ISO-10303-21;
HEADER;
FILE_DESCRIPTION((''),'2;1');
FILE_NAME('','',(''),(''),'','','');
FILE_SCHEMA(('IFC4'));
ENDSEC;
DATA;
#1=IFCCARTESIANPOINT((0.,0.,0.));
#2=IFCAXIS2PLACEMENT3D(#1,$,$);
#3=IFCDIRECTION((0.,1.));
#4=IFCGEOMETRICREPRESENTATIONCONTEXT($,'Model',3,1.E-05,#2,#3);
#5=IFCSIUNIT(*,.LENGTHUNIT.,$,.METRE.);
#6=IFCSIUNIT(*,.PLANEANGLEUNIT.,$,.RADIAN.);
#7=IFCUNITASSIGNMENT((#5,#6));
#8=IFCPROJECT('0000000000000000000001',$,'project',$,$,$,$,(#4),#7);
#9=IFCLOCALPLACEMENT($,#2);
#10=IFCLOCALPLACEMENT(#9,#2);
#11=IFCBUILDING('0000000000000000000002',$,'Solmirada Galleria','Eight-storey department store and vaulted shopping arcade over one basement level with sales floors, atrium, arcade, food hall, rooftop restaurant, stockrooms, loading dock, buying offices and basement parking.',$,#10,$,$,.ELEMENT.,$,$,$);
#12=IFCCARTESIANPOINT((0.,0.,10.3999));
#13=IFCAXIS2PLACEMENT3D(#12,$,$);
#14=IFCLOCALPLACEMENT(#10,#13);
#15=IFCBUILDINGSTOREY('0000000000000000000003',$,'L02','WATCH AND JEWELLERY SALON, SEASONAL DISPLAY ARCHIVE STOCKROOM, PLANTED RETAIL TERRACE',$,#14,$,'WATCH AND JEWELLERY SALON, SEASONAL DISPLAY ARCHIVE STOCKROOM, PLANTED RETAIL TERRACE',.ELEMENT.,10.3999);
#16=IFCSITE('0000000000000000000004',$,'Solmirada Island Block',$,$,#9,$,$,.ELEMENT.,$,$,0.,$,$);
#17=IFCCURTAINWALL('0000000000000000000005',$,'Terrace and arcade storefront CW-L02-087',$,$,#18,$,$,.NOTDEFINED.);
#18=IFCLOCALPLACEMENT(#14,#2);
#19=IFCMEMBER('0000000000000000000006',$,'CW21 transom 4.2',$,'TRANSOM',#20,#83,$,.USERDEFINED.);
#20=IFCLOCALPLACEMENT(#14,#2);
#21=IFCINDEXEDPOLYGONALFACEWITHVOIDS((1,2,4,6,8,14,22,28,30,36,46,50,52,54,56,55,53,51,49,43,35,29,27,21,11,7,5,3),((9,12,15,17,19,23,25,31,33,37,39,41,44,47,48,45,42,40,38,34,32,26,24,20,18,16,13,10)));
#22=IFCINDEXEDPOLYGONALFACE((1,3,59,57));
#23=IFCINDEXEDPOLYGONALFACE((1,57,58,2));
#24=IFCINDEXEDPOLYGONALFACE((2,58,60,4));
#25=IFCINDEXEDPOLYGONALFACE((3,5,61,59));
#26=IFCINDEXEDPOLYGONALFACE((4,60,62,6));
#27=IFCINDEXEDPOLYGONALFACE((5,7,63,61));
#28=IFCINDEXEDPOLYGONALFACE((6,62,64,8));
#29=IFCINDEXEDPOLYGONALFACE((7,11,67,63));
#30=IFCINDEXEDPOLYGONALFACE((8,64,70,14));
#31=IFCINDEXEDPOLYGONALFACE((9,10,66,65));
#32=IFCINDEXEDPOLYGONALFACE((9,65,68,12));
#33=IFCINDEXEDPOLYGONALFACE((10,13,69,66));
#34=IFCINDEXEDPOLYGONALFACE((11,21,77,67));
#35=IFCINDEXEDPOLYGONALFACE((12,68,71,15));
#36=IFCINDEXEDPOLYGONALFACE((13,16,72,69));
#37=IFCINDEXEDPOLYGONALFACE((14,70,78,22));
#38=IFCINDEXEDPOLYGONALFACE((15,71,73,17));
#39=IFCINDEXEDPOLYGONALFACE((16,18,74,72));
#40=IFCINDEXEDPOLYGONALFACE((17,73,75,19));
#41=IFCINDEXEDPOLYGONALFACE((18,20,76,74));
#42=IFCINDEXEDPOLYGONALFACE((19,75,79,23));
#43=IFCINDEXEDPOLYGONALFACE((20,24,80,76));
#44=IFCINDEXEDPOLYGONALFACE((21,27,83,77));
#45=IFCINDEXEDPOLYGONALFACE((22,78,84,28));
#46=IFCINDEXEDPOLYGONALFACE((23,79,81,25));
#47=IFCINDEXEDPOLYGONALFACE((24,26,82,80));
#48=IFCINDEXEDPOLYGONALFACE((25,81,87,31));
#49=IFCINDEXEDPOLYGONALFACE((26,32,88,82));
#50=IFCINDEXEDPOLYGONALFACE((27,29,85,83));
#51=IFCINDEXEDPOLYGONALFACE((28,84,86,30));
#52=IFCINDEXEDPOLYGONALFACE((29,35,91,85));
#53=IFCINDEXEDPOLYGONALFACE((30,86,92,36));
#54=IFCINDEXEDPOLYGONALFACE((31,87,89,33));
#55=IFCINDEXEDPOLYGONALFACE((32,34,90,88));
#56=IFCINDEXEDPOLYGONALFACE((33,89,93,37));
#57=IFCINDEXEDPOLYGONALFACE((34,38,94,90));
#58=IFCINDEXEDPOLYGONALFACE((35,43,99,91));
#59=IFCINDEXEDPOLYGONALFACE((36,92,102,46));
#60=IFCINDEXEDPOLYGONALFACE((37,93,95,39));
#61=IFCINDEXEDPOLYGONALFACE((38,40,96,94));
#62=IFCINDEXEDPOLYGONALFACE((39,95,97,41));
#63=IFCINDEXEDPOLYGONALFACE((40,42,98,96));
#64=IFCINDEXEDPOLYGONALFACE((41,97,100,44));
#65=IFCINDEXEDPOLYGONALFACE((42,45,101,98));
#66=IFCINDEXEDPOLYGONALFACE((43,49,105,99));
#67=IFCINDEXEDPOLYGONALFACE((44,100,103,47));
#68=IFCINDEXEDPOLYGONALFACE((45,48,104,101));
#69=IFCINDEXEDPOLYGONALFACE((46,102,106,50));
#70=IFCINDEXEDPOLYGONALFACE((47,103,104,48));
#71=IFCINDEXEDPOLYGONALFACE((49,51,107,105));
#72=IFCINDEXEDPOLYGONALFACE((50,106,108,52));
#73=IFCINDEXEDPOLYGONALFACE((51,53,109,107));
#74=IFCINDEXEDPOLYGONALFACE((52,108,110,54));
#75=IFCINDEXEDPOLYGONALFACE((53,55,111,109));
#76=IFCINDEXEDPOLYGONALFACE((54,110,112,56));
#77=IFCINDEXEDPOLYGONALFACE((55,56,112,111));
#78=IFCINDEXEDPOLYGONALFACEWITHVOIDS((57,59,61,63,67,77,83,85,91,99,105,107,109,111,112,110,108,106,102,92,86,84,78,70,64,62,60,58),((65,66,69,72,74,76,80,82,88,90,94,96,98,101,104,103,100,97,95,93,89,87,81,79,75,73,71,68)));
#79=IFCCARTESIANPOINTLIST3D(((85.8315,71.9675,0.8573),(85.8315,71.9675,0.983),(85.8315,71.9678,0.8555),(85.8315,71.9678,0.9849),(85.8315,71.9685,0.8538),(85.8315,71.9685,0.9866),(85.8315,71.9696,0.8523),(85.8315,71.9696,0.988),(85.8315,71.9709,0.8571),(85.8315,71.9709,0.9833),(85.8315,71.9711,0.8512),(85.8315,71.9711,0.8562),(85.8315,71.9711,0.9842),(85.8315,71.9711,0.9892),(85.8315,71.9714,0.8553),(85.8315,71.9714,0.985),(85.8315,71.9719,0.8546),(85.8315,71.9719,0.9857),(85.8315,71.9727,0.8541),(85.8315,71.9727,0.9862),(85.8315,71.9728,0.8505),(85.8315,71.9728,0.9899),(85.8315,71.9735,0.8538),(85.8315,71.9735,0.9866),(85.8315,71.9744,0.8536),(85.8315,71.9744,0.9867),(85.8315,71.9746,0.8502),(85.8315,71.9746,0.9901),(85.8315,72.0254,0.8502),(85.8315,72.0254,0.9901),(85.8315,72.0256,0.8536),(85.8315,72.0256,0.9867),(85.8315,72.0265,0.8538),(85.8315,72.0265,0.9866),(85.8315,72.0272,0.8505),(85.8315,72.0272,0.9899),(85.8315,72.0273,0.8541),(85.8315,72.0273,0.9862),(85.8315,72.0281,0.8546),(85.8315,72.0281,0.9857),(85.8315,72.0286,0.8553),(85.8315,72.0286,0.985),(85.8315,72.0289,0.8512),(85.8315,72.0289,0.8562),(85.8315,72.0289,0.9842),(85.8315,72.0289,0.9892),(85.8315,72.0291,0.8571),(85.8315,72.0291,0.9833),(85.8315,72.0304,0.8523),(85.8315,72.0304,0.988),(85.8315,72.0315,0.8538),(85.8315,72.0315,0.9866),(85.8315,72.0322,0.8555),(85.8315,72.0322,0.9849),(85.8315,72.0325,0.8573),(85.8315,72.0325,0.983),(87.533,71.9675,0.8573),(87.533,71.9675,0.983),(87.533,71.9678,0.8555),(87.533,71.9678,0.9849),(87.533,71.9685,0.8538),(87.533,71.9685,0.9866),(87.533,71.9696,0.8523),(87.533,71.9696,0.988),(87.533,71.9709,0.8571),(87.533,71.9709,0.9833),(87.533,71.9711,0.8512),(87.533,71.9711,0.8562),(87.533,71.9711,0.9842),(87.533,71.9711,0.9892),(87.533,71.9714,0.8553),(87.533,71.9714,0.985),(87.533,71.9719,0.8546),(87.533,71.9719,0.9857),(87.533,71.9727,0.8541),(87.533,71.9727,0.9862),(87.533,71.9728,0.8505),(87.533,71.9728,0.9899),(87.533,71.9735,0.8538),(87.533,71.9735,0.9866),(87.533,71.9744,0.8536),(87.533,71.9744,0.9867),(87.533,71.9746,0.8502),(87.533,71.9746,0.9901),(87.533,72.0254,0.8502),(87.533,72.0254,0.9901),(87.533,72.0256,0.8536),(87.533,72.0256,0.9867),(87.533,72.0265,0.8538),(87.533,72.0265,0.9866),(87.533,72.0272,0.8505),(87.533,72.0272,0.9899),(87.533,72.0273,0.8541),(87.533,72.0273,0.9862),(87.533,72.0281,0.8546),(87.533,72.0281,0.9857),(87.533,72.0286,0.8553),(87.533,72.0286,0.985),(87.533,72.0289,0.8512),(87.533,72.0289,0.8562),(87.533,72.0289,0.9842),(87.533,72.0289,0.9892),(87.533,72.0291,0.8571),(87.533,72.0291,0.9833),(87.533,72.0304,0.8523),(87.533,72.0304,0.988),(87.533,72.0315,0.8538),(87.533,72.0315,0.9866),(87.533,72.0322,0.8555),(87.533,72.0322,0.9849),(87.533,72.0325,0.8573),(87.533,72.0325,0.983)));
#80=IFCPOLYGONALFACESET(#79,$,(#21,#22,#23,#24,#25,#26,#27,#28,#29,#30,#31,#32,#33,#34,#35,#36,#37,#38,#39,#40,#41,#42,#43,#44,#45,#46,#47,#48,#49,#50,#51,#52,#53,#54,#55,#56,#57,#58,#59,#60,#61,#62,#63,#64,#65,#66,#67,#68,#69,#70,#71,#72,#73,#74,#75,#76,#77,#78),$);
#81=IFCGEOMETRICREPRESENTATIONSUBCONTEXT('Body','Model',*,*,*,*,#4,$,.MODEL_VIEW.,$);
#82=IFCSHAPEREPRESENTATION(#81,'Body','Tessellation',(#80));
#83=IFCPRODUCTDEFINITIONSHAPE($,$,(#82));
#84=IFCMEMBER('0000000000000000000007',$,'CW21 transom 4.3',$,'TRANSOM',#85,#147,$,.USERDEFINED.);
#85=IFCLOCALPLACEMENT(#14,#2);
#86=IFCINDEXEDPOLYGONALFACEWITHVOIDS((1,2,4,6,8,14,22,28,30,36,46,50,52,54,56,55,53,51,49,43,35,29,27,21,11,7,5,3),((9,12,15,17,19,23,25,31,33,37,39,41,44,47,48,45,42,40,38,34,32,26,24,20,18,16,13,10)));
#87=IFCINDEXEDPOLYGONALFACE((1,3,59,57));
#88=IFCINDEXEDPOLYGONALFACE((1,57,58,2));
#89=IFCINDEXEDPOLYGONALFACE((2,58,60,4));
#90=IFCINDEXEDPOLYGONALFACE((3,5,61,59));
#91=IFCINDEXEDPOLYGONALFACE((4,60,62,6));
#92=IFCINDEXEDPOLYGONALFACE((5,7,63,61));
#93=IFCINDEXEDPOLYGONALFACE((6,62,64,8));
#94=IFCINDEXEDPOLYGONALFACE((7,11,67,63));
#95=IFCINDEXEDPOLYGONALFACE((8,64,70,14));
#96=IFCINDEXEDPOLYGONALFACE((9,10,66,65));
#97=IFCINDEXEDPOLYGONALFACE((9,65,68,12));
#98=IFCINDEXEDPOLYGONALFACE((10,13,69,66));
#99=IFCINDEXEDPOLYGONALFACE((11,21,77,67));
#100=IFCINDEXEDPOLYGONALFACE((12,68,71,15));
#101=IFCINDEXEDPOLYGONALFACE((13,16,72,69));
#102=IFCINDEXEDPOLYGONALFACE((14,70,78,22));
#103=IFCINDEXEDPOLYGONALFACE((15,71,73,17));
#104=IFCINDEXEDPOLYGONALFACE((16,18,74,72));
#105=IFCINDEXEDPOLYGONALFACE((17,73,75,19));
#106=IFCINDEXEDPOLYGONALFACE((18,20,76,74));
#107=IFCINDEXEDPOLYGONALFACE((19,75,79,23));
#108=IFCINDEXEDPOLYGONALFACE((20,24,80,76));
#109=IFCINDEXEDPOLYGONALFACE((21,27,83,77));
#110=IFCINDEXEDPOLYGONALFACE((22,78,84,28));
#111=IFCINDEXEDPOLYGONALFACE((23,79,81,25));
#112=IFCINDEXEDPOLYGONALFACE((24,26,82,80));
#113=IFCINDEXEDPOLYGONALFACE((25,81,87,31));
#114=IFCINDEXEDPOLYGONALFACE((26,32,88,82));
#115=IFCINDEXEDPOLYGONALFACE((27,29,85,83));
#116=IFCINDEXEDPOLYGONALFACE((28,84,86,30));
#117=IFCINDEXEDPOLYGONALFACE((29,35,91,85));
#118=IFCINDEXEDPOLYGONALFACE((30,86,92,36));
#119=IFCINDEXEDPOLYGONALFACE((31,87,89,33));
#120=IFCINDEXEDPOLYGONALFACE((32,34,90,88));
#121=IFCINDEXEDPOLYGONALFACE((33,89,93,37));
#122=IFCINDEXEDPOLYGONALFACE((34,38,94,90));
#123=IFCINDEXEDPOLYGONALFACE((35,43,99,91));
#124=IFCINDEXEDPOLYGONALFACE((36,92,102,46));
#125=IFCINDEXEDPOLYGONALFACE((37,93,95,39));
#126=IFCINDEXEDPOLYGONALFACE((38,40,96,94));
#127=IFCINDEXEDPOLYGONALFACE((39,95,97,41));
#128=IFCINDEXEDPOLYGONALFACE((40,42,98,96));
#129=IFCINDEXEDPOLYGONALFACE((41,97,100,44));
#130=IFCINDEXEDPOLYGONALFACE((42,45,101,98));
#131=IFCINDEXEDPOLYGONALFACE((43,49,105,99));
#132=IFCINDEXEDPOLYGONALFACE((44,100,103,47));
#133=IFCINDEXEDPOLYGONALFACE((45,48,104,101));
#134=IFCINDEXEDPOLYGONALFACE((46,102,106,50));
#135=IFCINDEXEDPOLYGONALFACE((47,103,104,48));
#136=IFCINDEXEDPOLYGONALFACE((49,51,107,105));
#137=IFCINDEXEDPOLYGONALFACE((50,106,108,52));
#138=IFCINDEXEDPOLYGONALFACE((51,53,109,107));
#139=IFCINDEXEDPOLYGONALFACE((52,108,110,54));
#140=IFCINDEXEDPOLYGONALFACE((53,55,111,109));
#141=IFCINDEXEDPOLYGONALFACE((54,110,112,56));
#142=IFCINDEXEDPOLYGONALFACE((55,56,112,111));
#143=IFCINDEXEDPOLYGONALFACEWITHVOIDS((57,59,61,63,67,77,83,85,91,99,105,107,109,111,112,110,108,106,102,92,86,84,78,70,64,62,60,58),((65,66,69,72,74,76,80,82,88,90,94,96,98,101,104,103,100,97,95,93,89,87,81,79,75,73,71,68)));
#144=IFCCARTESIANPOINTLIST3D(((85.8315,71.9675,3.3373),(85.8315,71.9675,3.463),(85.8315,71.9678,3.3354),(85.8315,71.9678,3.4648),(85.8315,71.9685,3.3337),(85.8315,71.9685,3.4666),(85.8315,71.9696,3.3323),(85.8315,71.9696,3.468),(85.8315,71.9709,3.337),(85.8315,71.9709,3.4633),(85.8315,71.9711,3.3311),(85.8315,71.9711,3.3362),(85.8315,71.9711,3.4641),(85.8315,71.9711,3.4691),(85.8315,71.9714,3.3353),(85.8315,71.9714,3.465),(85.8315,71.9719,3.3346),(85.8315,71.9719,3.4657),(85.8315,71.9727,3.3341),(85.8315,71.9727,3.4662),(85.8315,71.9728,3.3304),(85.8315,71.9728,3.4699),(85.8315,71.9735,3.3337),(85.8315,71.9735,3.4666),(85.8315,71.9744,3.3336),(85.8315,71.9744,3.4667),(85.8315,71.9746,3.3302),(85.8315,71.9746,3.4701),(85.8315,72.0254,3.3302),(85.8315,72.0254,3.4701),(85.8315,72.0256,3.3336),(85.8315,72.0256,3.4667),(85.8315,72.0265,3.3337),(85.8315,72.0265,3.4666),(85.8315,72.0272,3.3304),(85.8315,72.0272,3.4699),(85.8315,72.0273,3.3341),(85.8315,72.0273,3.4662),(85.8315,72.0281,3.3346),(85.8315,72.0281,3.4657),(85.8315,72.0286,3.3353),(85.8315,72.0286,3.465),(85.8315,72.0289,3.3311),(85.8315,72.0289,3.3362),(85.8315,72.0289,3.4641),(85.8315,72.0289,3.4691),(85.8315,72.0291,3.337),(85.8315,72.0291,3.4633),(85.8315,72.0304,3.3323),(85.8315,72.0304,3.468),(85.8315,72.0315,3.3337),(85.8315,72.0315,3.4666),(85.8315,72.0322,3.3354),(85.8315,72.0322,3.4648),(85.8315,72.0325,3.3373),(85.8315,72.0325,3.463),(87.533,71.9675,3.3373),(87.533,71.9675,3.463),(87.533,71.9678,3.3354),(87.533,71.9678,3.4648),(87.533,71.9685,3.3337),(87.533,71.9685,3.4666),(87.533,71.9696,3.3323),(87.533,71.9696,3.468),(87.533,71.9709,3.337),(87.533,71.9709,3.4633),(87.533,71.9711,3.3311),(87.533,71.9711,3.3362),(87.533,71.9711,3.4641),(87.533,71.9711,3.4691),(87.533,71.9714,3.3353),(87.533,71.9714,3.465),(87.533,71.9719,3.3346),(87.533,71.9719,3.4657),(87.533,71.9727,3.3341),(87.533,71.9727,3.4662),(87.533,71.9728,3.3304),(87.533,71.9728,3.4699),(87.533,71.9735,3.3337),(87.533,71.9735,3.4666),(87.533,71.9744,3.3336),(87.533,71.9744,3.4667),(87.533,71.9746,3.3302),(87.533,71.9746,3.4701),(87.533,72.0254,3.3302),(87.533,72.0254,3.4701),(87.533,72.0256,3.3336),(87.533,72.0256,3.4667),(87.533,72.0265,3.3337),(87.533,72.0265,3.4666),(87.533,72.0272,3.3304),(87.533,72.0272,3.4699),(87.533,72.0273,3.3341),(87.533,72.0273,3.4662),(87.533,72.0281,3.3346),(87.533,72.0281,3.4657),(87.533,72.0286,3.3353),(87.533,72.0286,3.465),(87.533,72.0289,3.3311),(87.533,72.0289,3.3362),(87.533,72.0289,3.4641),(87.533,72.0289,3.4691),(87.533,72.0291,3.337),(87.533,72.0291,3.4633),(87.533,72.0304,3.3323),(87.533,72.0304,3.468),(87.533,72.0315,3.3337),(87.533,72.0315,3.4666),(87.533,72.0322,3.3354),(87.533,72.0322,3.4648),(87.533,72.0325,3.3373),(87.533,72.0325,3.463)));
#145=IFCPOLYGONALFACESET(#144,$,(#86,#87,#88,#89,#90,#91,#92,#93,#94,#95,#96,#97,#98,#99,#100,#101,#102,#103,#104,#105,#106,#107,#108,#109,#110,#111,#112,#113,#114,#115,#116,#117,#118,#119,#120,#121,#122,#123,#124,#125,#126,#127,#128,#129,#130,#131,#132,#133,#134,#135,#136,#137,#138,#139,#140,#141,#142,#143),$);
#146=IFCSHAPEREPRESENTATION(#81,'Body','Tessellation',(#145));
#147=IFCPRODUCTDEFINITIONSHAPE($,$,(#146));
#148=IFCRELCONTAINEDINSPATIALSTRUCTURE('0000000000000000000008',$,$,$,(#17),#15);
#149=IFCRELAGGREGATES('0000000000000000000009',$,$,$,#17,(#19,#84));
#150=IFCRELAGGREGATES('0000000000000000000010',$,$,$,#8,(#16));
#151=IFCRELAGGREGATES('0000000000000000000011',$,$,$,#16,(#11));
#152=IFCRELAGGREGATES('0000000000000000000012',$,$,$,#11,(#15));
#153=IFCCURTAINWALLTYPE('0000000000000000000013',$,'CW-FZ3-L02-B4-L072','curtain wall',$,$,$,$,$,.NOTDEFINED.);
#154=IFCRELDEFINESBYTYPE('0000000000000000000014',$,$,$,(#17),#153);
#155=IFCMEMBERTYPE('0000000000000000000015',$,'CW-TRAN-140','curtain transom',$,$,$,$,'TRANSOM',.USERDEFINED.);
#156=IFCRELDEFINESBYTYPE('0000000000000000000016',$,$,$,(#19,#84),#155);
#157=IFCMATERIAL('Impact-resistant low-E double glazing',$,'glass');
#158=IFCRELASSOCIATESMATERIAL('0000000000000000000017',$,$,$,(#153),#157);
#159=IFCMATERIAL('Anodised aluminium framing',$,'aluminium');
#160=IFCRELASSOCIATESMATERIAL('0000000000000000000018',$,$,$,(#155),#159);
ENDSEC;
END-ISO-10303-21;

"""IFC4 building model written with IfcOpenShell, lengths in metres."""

from ifc_helpers import new_model, si_unit, direction, frame, origin, origin_2d, place, context, subcontext, project, spatial, hollow_rectangle, extrude, material, material_profile, profile_set, type_object, element, aggregate, save


model = new_model("IFC4")

# Units and contexts
model_context = context("Model", 3, precision=1e-05, world=origin(), true_north=direction((0.0, 1.0)))
body_context = subcontext(model_context, "Body", "Model", "MODEL_VIEW")
ifc_project = project(units=[si_unit("LENGTHUNIT", "METRE"), si_unit("PLANEANGLEUNIT", "RADIAN")], contexts=[model_context])

# Site, building, storey
site_placement = place(None, origin())
site = spatial("IfcSite", under=ifc_project, at=site_placement, Name="Solmirada Island Block", CompositionType="ELEMENT", RefElevation=0.0)
building_placement = place(site_placement, origin())
building = spatial("IfcBuilding", under=site, at=building_placement, Name="Solmirada Galleria", Description="Eight-storey department store and vaulted shopping arcade over one basement level with sales floors, atrium, arcade, food hall, rooftop restaurant, stockrooms, loading dock, buying offices and basement parking.", CompositionType="ELEMENT")
storey_placement = place(building_placement, frame((0.0, 0.0, 10.3999)))
storey = spatial("IfcBuildingStorey", under=building, at=storey_placement, Name="L02", Description="WATCH AND JEWELLERY SALON, SEASONAL DISPLAY ARCHIVE STOCKROOM, PLANTED RETAIL TERRACE", LongName="WATCH AND JEWELLERY SALON, SEASONAL DISPLAY ARCHIVE STOCKROOM, PLANTED RETAIL TERRACE", CompositionType="ELEMENT", Elevation=10.3999)

# Curtain wall, members
ifc_material_1 = material(Name="Impact-resistant low-E double glazing", Category="glass")
curtain_wall_type = type_object("IfcCurtainWallType", Name="CW-FZ3-L02-B4-L072", Description="curtain wall", PredefinedType="NOTDEFINED", material=ifc_material_1)
curtain_wall_placement = place(storey_placement, origin())
curtain_wall = element("IfcCurtainWall", 1, at=curtain_wall_placement, inside=storey, type_object=curtain_wall_type, Name="Terrace and arcade storefront CW-L02-087", PredefinedType="NOTDEFINED")
ifc_material_2 = material(Name="Anodised aluminium framing", Category="aluminium")
ifc_material_profile_1 = material_profile(ifc_material_2, hollow_rectangle(XDim=0.0649, YDim=0.1399, WallThickness=0.0034, InnerFilletRadius=0.0034, OuterFilletRadius=0.0071, at=origin_2d()), Name="ALU-TRAN-140X65")
ifc_profile_set_1 = profile_set([ifc_material_profile_1], Name="Anodised aluminium framing")
member_type_1 = type_object("IfcMemberType", Name="CW-TRAN-140", Description="curtain transom", ElementType="TRANSOM", PredefinedType="USERDEFINED", material=ifc_profile_set_1)
member_1_placement = place(storey_placement, frame((85.8315, 72.0, 0.9202), z_axis=(1.0, 0.0, 0.0), x_axis=(0.0, 1.0, 0.0)))
member_1 = element("IfcMember", 2, at=member_1_placement, type_object=member_type_1, Name="CW21 transom 4.2", ObjectType="TRANSOM", PredefinedType="USERDEFINED", context=body_context, shape_type="SweptSolid", body=[
    extrude(hollow_rectangle(XDim=0.0649, YDim=0.1399, WallThickness=0.0034, InnerFilletRadius=0.0034, OuterFilletRadius=0.0071, at=origin_2d()), origin(), (0.0, 0.0, 1.0), 1.7014),
])
member_2_placement = place(storey_placement, frame((85.8315, 72.0, 3.4001), z_axis=(1.0, 0.0, 0.0), x_axis=(0.0, 1.0, 0.0)))
member_2 = element("IfcMember", 3, at=member_2_placement, type_object=member_type_1, Name="CW21 transom 4.3", ObjectType="TRANSOM", PredefinedType="USERDEFINED", context=body_context, shape_type="SweptSolid", body=[
    extrude(hollow_rectangle(XDim=0.0649, YDim=0.1399, WallThickness=0.0034, InnerFilletRadius=0.0034, OuterFilletRadius=0.0071, at=origin_2d()), origin(), (0.0, 0.0, 1.0), 1.7014),
])
aggregate(curtain_wall, [member_1, member_2])

save(model, "model.ifc")
